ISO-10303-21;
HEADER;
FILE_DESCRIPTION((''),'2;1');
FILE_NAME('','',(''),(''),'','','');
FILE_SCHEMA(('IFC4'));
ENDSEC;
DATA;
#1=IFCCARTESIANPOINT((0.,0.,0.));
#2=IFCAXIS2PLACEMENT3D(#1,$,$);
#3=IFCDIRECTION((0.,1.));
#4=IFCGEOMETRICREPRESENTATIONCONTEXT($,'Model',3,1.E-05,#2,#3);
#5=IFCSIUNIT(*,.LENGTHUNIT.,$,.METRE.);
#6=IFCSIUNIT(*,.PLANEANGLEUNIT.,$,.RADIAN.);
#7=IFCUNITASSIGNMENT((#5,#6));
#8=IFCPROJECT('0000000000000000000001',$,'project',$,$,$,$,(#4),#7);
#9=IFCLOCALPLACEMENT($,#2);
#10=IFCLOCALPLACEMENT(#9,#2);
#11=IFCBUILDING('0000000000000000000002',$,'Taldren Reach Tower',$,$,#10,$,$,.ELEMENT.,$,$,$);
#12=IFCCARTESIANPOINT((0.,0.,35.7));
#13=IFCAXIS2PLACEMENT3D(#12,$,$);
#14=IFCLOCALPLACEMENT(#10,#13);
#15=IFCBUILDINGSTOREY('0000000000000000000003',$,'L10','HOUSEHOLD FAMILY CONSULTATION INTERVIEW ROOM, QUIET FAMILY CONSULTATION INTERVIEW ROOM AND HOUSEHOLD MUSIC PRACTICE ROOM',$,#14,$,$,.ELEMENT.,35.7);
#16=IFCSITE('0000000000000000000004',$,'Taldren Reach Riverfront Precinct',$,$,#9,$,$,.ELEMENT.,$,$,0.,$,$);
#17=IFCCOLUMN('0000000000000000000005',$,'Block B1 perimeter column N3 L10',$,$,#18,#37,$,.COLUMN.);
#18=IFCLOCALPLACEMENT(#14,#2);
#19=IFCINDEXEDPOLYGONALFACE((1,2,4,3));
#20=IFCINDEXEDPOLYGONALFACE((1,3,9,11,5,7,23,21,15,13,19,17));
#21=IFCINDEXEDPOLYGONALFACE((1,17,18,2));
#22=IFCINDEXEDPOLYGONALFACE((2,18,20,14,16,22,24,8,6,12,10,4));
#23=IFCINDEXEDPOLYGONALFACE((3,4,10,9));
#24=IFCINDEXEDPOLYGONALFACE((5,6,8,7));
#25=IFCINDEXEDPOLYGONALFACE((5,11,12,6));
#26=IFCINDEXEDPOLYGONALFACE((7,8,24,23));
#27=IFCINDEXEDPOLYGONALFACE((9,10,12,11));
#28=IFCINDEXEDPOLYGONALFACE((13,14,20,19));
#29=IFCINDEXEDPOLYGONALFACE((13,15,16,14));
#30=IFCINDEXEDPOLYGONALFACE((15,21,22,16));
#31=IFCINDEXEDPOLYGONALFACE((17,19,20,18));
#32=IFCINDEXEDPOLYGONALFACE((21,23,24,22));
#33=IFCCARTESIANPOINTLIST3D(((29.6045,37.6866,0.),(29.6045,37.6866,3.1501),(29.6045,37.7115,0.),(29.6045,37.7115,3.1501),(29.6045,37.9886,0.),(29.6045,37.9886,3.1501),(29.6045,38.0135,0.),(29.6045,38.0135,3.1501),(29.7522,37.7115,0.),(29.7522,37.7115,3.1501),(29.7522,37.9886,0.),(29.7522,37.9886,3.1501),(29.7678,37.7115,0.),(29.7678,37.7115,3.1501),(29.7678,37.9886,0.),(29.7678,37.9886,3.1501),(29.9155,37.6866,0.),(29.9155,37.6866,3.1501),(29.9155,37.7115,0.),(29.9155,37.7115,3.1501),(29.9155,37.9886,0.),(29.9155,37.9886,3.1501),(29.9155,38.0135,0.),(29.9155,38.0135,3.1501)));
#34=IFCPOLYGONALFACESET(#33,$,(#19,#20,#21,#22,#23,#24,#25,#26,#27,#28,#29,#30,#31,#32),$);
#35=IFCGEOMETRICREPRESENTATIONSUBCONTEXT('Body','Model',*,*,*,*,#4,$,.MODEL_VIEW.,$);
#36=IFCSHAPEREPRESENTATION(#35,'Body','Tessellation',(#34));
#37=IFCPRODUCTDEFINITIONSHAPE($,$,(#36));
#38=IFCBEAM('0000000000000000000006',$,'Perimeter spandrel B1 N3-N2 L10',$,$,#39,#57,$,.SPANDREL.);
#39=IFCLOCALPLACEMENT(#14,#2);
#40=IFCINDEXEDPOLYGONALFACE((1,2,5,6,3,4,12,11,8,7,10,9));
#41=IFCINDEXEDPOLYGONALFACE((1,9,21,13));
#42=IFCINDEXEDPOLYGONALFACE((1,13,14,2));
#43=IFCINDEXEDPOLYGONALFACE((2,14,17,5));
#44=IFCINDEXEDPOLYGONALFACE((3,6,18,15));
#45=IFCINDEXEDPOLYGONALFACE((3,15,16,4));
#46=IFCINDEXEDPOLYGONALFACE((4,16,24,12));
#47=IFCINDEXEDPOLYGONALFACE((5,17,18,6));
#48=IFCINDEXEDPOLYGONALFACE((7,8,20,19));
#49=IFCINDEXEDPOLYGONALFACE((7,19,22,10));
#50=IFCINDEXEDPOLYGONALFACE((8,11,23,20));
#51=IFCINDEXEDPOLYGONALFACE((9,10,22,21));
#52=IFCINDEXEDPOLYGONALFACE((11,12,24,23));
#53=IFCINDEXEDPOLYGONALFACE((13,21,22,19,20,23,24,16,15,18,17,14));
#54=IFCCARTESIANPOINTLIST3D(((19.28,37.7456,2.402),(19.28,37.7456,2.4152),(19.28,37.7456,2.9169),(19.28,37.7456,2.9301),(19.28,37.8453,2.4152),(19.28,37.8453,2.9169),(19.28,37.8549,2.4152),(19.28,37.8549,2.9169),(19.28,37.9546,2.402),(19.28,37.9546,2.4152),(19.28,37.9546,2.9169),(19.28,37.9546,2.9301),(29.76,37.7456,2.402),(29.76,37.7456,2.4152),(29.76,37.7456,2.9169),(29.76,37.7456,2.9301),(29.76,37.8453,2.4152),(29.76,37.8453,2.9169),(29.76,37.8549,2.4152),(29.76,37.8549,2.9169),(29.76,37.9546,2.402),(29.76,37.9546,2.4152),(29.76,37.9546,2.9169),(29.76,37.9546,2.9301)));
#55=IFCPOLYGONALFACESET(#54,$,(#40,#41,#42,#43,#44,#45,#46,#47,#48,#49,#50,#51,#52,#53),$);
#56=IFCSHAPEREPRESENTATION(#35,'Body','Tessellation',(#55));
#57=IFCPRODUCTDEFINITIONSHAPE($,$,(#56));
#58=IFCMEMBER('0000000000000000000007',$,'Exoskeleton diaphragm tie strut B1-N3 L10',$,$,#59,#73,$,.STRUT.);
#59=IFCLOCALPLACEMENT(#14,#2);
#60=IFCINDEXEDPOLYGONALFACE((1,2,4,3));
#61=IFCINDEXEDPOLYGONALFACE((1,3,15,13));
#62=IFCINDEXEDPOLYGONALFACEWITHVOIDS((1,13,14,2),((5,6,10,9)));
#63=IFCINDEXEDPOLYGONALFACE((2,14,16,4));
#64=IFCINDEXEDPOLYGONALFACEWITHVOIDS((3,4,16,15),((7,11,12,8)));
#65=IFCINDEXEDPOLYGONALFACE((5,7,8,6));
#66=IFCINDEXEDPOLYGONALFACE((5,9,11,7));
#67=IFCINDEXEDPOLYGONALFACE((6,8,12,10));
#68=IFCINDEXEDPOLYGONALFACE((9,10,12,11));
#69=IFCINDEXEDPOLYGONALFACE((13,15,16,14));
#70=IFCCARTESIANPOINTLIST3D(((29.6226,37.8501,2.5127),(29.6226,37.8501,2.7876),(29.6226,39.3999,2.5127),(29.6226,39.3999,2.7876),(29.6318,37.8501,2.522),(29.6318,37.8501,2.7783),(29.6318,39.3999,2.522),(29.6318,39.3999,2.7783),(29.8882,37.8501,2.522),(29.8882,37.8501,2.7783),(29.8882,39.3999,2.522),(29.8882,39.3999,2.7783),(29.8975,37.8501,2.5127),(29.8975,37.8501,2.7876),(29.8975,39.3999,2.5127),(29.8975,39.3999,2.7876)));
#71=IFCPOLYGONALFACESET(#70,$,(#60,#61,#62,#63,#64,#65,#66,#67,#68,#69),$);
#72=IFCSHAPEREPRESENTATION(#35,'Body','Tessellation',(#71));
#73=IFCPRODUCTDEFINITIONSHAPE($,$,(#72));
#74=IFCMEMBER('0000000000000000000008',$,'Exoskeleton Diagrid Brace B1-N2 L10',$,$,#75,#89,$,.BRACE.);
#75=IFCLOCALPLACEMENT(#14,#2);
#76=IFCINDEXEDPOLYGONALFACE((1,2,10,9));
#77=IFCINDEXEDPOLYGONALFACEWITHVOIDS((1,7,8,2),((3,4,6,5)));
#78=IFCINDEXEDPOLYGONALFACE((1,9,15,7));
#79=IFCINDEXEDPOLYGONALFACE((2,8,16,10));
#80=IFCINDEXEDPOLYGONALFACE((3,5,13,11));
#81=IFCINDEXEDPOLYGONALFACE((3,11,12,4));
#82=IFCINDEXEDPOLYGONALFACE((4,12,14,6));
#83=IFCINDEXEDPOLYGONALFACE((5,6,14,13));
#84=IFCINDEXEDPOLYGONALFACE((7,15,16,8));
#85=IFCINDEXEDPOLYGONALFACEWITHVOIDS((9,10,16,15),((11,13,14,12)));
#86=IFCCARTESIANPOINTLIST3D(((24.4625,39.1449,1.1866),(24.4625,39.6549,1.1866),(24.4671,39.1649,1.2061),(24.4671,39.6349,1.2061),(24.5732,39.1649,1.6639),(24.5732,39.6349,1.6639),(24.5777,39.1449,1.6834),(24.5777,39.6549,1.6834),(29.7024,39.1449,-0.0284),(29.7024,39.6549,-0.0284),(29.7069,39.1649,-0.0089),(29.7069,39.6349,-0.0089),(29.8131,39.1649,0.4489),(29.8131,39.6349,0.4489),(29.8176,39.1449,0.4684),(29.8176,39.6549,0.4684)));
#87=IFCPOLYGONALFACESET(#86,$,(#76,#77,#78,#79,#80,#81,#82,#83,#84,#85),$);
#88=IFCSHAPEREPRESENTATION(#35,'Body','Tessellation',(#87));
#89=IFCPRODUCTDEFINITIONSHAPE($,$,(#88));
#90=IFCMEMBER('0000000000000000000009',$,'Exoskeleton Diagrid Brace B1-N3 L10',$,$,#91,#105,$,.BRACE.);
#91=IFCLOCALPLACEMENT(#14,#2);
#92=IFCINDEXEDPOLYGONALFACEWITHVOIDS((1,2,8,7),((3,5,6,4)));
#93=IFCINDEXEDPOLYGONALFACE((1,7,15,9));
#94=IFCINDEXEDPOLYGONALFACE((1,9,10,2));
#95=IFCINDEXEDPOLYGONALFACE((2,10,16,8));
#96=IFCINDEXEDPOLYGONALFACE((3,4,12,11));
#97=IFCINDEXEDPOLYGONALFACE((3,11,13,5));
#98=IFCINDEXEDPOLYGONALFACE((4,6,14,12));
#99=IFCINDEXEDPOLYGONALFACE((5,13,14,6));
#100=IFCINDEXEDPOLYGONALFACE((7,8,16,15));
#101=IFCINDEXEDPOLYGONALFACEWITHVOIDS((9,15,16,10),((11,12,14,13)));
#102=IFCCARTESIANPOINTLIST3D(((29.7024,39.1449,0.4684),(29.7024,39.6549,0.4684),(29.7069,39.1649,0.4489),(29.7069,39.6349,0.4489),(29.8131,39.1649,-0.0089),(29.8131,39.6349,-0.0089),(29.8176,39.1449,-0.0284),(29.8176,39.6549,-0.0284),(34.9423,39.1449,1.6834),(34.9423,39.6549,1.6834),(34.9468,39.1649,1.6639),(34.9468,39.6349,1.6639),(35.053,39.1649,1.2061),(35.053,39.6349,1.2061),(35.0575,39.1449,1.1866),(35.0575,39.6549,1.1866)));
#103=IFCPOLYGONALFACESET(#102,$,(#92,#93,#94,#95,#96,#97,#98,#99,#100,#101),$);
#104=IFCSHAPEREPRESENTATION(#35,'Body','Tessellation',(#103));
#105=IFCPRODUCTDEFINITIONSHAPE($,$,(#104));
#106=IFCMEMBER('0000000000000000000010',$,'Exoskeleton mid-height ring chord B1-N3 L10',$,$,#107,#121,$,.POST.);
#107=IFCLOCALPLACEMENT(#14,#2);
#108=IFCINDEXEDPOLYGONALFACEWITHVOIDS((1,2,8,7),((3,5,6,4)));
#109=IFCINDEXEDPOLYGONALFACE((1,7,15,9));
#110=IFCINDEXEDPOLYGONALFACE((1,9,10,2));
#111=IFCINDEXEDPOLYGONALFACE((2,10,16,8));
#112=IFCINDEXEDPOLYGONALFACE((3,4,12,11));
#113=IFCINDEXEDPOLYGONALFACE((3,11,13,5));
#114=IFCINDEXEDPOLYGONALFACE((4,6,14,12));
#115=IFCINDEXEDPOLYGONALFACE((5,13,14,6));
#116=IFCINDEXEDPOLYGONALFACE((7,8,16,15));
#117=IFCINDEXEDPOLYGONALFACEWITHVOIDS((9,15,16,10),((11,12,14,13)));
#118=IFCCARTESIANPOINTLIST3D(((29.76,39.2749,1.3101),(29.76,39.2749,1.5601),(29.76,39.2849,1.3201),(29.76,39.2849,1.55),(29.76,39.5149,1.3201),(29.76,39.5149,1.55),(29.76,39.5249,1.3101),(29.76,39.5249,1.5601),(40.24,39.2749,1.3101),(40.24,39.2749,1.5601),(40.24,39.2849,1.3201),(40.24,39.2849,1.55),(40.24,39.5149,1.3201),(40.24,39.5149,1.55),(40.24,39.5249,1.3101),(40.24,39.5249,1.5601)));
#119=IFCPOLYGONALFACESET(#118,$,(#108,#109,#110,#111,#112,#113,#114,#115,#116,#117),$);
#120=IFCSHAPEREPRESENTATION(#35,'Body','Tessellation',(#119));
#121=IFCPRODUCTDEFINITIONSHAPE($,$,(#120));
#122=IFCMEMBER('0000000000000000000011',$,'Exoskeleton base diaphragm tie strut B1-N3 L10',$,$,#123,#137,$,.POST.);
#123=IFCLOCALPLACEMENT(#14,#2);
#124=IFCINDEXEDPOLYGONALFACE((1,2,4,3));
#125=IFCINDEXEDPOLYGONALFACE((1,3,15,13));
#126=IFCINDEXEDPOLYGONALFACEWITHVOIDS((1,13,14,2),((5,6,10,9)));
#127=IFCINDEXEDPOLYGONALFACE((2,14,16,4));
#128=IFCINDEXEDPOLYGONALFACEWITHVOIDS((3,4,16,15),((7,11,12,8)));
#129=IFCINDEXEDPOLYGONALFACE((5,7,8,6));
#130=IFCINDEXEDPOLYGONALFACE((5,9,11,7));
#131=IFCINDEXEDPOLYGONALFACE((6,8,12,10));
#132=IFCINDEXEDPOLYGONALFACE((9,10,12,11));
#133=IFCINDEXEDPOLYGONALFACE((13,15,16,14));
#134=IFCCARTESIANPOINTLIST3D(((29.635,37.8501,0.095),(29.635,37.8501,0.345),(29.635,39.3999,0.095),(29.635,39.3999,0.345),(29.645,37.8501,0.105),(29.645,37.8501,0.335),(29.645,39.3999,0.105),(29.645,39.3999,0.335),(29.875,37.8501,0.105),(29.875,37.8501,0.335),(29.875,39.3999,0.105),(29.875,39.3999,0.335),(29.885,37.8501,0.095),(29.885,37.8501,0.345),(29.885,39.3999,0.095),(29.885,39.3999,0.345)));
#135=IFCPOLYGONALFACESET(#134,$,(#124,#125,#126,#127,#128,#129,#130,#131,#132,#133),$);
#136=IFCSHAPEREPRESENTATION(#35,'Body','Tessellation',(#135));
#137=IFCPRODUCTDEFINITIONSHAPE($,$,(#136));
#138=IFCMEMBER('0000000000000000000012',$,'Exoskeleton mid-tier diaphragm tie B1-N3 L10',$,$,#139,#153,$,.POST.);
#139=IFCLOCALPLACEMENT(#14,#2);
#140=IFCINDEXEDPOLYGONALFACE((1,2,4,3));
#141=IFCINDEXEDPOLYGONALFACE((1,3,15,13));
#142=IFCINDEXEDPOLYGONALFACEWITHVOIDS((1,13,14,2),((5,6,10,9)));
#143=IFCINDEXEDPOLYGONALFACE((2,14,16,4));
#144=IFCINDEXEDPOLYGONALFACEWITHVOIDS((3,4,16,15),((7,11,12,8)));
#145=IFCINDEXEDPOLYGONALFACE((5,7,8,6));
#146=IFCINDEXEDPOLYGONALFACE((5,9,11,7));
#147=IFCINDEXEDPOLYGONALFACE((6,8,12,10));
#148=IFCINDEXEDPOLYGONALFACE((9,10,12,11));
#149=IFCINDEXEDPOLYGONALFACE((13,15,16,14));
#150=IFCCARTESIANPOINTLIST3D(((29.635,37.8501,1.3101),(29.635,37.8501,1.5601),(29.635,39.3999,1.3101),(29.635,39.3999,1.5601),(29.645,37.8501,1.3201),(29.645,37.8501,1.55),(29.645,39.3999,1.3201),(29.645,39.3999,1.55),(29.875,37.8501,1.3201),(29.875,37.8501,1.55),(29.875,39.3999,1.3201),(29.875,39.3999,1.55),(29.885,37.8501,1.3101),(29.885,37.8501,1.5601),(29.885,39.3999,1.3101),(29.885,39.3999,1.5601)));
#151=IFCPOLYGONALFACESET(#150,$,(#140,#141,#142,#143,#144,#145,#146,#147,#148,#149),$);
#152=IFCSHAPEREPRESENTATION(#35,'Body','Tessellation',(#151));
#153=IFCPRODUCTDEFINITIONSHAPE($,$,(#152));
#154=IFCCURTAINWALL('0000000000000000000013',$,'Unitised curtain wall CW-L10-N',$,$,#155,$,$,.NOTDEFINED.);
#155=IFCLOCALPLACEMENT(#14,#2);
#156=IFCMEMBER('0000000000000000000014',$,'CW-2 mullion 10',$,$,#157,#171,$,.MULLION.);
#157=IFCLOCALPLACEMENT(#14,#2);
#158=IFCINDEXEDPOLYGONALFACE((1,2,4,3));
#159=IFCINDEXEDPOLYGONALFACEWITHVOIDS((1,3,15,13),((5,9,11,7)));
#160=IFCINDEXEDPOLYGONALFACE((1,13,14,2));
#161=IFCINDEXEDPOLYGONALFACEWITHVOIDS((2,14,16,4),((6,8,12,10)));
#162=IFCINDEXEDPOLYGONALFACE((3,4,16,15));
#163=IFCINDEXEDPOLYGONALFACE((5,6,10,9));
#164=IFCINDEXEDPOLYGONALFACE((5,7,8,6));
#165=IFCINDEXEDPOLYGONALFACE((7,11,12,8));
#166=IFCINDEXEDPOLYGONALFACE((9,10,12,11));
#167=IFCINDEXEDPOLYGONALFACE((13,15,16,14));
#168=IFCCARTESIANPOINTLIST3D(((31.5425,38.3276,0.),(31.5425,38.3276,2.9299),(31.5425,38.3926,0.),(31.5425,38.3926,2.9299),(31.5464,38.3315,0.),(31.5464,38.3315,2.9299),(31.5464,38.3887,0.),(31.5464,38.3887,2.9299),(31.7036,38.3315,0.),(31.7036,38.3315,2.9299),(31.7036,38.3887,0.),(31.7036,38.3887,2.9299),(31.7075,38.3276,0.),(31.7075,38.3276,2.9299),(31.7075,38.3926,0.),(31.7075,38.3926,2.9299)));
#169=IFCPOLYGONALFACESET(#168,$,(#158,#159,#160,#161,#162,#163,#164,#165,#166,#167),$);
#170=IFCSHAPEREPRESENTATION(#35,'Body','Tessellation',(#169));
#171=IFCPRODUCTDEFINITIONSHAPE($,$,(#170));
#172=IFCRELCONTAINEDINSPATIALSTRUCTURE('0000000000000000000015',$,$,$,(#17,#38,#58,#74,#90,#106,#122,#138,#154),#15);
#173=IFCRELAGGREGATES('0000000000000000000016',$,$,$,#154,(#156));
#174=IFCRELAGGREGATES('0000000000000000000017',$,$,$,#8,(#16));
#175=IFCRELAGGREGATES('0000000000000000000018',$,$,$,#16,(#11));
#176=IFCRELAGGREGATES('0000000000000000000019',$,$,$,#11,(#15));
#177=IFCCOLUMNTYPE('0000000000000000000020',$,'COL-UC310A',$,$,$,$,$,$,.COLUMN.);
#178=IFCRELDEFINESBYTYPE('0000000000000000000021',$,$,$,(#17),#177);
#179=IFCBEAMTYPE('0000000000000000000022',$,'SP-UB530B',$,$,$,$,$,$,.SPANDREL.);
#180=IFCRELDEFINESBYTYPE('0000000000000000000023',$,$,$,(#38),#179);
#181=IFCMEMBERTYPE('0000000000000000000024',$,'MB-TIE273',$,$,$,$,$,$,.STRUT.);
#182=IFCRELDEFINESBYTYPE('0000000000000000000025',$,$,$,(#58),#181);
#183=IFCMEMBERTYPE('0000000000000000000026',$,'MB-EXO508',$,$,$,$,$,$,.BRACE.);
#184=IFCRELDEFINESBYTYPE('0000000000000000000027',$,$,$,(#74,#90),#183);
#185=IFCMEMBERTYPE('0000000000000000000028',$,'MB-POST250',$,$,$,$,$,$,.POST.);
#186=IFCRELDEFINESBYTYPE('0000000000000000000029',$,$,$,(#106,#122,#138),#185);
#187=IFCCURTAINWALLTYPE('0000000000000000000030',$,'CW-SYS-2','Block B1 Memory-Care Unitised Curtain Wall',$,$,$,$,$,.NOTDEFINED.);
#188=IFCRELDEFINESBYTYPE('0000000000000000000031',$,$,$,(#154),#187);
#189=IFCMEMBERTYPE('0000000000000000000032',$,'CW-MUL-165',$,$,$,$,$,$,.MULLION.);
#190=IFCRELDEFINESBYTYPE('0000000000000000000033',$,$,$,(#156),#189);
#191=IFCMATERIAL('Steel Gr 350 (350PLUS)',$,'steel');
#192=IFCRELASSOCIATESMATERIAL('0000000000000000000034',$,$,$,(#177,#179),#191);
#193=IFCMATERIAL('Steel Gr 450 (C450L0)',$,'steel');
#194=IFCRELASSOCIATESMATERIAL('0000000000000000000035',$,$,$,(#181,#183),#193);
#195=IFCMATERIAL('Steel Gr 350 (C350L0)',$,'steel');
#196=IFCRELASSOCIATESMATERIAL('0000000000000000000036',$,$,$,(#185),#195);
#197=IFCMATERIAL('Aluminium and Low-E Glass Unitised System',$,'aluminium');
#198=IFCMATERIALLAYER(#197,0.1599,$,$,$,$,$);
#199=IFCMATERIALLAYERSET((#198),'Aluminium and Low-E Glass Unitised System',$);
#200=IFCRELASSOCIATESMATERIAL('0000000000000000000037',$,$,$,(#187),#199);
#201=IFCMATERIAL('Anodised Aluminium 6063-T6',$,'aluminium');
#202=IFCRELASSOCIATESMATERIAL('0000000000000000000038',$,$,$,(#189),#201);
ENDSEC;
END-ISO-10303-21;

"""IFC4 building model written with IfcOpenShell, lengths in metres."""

from ifc_helpers import new_model, si_unit, direction, frame, origin, origin_2d, place, context, subcontext, project, spatial, hollow_rectangle, i_section, extrude, source, transform, mapped, material, layer, layer_set, material_profile, profile_set, type_object, element, aggregate, save


model = new_model("IFC4")

# Units and contexts
model_context = context("Model", 3, precision=1e-05, world=origin(), true_north=direction((0.0, 1.0)))
body_context = subcontext(model_context, "Body", "Model", "MODEL_VIEW")
ifc_project = project(units=[si_unit("LENGTHUNIT", "METRE"), si_unit("PLANEANGLEUNIT", "RADIAN")], contexts=[model_context])

# Site, building, storey
site_placement = place(None, origin())
site = spatial("IfcSite", under=ifc_project, at=site_placement, Name="Taldren Reach Riverfront Precinct", CompositionType="ELEMENT", RefElevation=0.0)
building_placement = place(site_placement, origin())
building = spatial("IfcBuilding", under=site, at=building_placement, Name="Taldren Reach Tower", CompositionType="ELEMENT")
storey_placement = place(building_placement, frame((0.0, 0.0, 35.7)))
storey = spatial("IfcBuildingStorey", under=building, at=storey_placement, Name="L10", Description="HOUSEHOLD FAMILY CONSULTATION INTERVIEW ROOM, QUIET FAMILY CONSULTATION INTERVIEW ROOM AND HOUSEHOLD MUSIC PRACTICE ROOM", CompositionType="ELEMENT", Elevation=35.7)

# Column
ifc_material_1 = material(Name="Steel Gr 350 (350PLUS)", Category="steel")
ifc_material_profile_1 = material_profile(ifc_material_1, i_section(OverallWidth=0.311, OverallDepth=0.3269, WebThickness=0.0156, FlangeThickness=0.0249, at=origin_2d()), Name="310UC158")
ifc_profile_set_1 = profile_set([ifc_material_profile_1], Name="Steel Gr 350 (350PLUS)")
column_type = type_object("IfcColumnType", Name="COL-UC310A", PredefinedType="COLUMN", material=ifc_profile_set_1)
shared_shape_1 = source(origin(), body_context, "Body", "SweptSolid", [
    extrude(i_section(OverallWidth=0.311, OverallDepth=0.3269, WebThickness=0.0156, FlangeThickness=0.0249, at=origin_2d()), origin(), (0.0, 0.0, 1.0), 3.1501),
])
column_placement = place(storey_placement, frame((29.76, 37.8501, 0.0), z_axis=(0.0, 0.0, 1.0), x_axis=(1.0, 0.0, 0.0)))
element("IfcColumn", 1, at=column_placement, inside=storey, type_object=column_type, Name="Block B1 perimeter column N3 L10", PredefinedType="COLUMN", context=body_context, shape_type="MappedRepresentation", body=[
    mapped(shared_shape_1, transform((0.0, 0.0, 0.0), scale=1.0)),
])

# Beam
ifc_material_profile_2 = material_profile(ifc_material_1, i_section(OverallWidth=0.209, OverallDepth=0.5281, WebThickness=0.0095, FlangeThickness=0.0132, at=origin_2d()), Name="530UB82.0")
ifc_profile_set_2 = profile_set([ifc_material_profile_2], Name="Steel Gr 350 (350PLUS)")
beam_type = type_object("IfcBeamType", Name="SP-UB530B", PredefinedType="SPANDREL", material=ifc_profile_set_2)
shared_shape_2 = source(origin(), body_context, "Body", "SweptSolid", [
    extrude(i_section(OverallWidth=0.209, OverallDepth=0.5281, WebThickness=0.0095, FlangeThickness=0.0132, at=origin_2d()), origin(), (0.0, 0.0, 1.0), 10.48),
])
beam_placement = place(storey_placement, frame((29.76, 37.8501, 2.666), z_axis=(-1.0, 0.0, 0.0), x_axis=(0.0, -1.0, 0.0)))
element("IfcBeam", 2, at=beam_placement, inside=storey, type_object=beam_type, Name="Perimeter spandrel B1 N3-N2 L10", PredefinedType="SPANDREL", context=body_context, shape_type="MappedRepresentation", body=[
    mapped(shared_shape_2, transform((0.0, 0.0, 0.0), scale=1.0)),
])

# Members
ifc_material_2 = material(Name="Steel Gr 450 (C450L0)", Category="steel")
ifc_material_profile_3 = material_profile(ifc_material_2, hollow_rectangle(XDim=0.2749, YDim=0.2749, WallThickness=0.0093, at=origin_2d()), Name="275x275x9.3SHS")
ifc_profile_set_3 = profile_set([ifc_material_profile_3], Name="Steel Gr 450 (C450L0)")
member_type_1 = type_object("IfcMemberType", Name="MB-TIE273", PredefinedType="STRUT", material=ifc_profile_set_3)
shared_shape_3 = source(origin(), body_context, "Body", "SweptSolid", [
    extrude(hollow_rectangle(XDim=0.2749, YDim=0.2749, WallThickness=0.0093, at=origin_2d()), origin(), (0.0, 0.0, 1.0), 1.5498),
])
member_1_placement = place(storey_placement, frame((29.76, 37.8501, 2.6501), z_axis=(0.0, 1.0, 0.0), x_axis=(-1.0, 0.0, 0.0)))
element("IfcMember", 3, at=member_1_placement, inside=storey, type_object=member_type_1, Name="Exoskeleton diaphragm tie strut B1-N3 L10", PredefinedType="STRUT", context=body_context, shape_type="MappedRepresentation", body=[
    mapped(shared_shape_3, transform((0.0, 0.0, 0.0), scale=1.0)),
])
ifc_material_profile_4 = material_profile(ifc_material_2, hollow_rectangle(XDim=0.51, YDim=0.51, WallThickness=0.02, at=origin_2d()), Name="510x510x20.0SHS")
ifc_profile_set_4 = profile_set([ifc_material_profile_4], Name="Steel Gr 450 (C450L0)")
member_type_2 = type_object("IfcMemberType", Name="MB-EXO508", PredefinedType="BRACE", material=ifc_profile_set_4)
shared_shape_4 = source(origin(), body_context, "Body", "SweptSolid", [
    extrude(hollow_rectangle(XDim=0.51, YDim=0.51, WallThickness=0.02, at=origin_2d()), origin(), (0.0, 0.0, 1.0), 5.3789),
])
for number, where, z_axis, x_axis, name in (
    (4, (29.76, 39.3999, 0.22), (-0.974152, 0.0, 0.225894), (0.0, -1.0, 0.0), "Exoskeleton Diagrid Brace B1-N2 L10"),
    (5, (29.76, 39.3999, 0.22), (0.974152, 0.0, 0.225894), (0.0, 1.0, 0.0), "Exoskeleton Diagrid Brace B1-N3 L10"),
):
    element("IfcMember", number, at=place(storey_placement, frame(where, z_axis=z_axis, x_axis=x_axis)), inside=storey, type_object=member_type_2, Name=name, PredefinedType="BRACE", context=body_context, shape_type="MappedRepresentation", body=[
        mapped(shared_shape_4, transform((0.0, 0.0, 0.0), scale=1.0)),
    ])
ifc_material_3 = material(Name="Steel Gr 350 (C350L0)", Category="steel")
ifc_material_profile_5 = material_profile(ifc_material_3, hollow_rectangle(XDim=0.25, YDim=0.25, WallThickness=0.01, at=origin_2d()), Name="250x250x10.0SHS")
ifc_profile_set_5 = profile_set([ifc_material_profile_5], Name="Steel Gr 350 (C350L0)")
member_type_3 = type_object("IfcMemberType", Name="MB-POST250", PredefinedType="POST", material=ifc_profile_set_5)
shared_shape_5 = source(origin(), body_context, "Body", "SweptSolid", [
    extrude(hollow_rectangle(XDim=0.25, YDim=0.25, WallThickness=0.01, at=origin_2d()), origin(), (0.0, 0.0, 1.0), 10.48),
])
member_2_placement = place(storey_placement, frame((29.76, 39.3999, 1.4351), z_axis=(1.0, 0.0, 0.0), x_axis=(0.0, 1.0, 0.0)))
element("IfcMember", 6, at=member_2_placement, inside=storey, type_object=member_type_3, Name="Exoskeleton mid-height ring chord B1-N3 L10", PredefinedType="POST", context=body_context, shape_type="MappedRepresentation", body=[
    mapped(shared_shape_5, transform((0.0, 0.0, 0.0), scale=1.0)),
])
shared_shape_6 = source(origin(), body_context, "Body", "SweptSolid", [
    extrude(hollow_rectangle(XDim=0.25, YDim=0.25, WallThickness=0.01, at=origin_2d()), origin(), (0.0, 0.0, 1.0), 1.5498),
])
for number, where, z_axis, x_axis, name in (
    (7, (29.76, 37.8501, 0.22), (0.0, 1.0, 0.0), (-1.0, 0.0, 0.0), "Exoskeleton base diaphragm tie strut B1-N3 L10"),
    (8, (29.76, 37.8501, 1.4351), (0.0, 1.0, 0.0), (-1.0, 0.0, 0.0), "Exoskeleton mid-tier diaphragm tie B1-N3 L10"),
):
    element("IfcMember", number, at=place(storey_placement, frame(where, z_axis=z_axis, x_axis=x_axis)), inside=storey, type_object=member_type_3, Name=name, PredefinedType="POST", context=body_context, shape_type="MappedRepresentation", body=[
        mapped(shared_shape_6, transform((0.0, 0.0, 0.0), scale=1.0)),
    ])

# Curtain wall, member
ifc_material_4 = material(Name="Aluminium and Low-E Glass Unitised System", Category="aluminium")
ifc_layer_1 = layer(ifc_material_4, 0.1599)
ifc_layer_set_1 = layer_set([ifc_layer_1], Name="Aluminium and Low-E Glass Unitised System")
curtain_wall_type = type_object("IfcCurtainWallType", Name="CW-SYS-2", Description="Block B1 Memory-Care Unitised Curtain Wall", PredefinedType="NOTDEFINED", material=ifc_layer_set_1)
curtain_wall_placement = place(storey_placement, origin())
curtain_wall = element("IfcCurtainWall", 9, at=curtain_wall_placement, inside=storey, type_object=curtain_wall_type, Name="Unitised curtain wall CW-L10-N", PredefinedType="NOTDEFINED")
ifc_material_5 = material(Name="Anodised Aluminium 6063-T6", Category="aluminium")
ifc_material_profile_6 = material_profile(ifc_material_5, hollow_rectangle(XDim=0.0649, YDim=0.165, WallThickness=0.0039, at=origin_2d()), Name="ALU-165x65x4RHS")
ifc_profile_set_6 = profile_set([ifc_material_profile_6], Name="Anodised Aluminium 6063-T6")
member_type_4 = type_object("IfcMemberType", Name="CW-MUL-165", PredefinedType="MULLION", material=ifc_profile_set_6)
shared_shape_7 = source(origin(), body_context, "Body", "SweptSolid", [
    extrude(hollow_rectangle(XDim=0.0649, YDim=0.165, WallThickness=0.0039, at=origin_2d()), origin(), (0.0, 0.0, 1.0), 2.9299),
])
member_3_placement = place(storey_placement, frame((31.625, 38.3601, 0.0), z_axis=(0.0, 0.0, 1.0), x_axis=(0.0, -1.0, 0.0)))
member_3 = element("IfcMember", 10, at=member_3_placement, type_object=member_type_4, Name="CW-2 mullion 10", PredefinedType="MULLION", context=body_context, shape_type="MappedRepresentation", body=[
    mapped(shared_shape_7, transform((0.0, 0.0, 0.0), scale=1.0)),
])

aggregate(curtain_wall, [member_3])

save(model, "model.ifc")
